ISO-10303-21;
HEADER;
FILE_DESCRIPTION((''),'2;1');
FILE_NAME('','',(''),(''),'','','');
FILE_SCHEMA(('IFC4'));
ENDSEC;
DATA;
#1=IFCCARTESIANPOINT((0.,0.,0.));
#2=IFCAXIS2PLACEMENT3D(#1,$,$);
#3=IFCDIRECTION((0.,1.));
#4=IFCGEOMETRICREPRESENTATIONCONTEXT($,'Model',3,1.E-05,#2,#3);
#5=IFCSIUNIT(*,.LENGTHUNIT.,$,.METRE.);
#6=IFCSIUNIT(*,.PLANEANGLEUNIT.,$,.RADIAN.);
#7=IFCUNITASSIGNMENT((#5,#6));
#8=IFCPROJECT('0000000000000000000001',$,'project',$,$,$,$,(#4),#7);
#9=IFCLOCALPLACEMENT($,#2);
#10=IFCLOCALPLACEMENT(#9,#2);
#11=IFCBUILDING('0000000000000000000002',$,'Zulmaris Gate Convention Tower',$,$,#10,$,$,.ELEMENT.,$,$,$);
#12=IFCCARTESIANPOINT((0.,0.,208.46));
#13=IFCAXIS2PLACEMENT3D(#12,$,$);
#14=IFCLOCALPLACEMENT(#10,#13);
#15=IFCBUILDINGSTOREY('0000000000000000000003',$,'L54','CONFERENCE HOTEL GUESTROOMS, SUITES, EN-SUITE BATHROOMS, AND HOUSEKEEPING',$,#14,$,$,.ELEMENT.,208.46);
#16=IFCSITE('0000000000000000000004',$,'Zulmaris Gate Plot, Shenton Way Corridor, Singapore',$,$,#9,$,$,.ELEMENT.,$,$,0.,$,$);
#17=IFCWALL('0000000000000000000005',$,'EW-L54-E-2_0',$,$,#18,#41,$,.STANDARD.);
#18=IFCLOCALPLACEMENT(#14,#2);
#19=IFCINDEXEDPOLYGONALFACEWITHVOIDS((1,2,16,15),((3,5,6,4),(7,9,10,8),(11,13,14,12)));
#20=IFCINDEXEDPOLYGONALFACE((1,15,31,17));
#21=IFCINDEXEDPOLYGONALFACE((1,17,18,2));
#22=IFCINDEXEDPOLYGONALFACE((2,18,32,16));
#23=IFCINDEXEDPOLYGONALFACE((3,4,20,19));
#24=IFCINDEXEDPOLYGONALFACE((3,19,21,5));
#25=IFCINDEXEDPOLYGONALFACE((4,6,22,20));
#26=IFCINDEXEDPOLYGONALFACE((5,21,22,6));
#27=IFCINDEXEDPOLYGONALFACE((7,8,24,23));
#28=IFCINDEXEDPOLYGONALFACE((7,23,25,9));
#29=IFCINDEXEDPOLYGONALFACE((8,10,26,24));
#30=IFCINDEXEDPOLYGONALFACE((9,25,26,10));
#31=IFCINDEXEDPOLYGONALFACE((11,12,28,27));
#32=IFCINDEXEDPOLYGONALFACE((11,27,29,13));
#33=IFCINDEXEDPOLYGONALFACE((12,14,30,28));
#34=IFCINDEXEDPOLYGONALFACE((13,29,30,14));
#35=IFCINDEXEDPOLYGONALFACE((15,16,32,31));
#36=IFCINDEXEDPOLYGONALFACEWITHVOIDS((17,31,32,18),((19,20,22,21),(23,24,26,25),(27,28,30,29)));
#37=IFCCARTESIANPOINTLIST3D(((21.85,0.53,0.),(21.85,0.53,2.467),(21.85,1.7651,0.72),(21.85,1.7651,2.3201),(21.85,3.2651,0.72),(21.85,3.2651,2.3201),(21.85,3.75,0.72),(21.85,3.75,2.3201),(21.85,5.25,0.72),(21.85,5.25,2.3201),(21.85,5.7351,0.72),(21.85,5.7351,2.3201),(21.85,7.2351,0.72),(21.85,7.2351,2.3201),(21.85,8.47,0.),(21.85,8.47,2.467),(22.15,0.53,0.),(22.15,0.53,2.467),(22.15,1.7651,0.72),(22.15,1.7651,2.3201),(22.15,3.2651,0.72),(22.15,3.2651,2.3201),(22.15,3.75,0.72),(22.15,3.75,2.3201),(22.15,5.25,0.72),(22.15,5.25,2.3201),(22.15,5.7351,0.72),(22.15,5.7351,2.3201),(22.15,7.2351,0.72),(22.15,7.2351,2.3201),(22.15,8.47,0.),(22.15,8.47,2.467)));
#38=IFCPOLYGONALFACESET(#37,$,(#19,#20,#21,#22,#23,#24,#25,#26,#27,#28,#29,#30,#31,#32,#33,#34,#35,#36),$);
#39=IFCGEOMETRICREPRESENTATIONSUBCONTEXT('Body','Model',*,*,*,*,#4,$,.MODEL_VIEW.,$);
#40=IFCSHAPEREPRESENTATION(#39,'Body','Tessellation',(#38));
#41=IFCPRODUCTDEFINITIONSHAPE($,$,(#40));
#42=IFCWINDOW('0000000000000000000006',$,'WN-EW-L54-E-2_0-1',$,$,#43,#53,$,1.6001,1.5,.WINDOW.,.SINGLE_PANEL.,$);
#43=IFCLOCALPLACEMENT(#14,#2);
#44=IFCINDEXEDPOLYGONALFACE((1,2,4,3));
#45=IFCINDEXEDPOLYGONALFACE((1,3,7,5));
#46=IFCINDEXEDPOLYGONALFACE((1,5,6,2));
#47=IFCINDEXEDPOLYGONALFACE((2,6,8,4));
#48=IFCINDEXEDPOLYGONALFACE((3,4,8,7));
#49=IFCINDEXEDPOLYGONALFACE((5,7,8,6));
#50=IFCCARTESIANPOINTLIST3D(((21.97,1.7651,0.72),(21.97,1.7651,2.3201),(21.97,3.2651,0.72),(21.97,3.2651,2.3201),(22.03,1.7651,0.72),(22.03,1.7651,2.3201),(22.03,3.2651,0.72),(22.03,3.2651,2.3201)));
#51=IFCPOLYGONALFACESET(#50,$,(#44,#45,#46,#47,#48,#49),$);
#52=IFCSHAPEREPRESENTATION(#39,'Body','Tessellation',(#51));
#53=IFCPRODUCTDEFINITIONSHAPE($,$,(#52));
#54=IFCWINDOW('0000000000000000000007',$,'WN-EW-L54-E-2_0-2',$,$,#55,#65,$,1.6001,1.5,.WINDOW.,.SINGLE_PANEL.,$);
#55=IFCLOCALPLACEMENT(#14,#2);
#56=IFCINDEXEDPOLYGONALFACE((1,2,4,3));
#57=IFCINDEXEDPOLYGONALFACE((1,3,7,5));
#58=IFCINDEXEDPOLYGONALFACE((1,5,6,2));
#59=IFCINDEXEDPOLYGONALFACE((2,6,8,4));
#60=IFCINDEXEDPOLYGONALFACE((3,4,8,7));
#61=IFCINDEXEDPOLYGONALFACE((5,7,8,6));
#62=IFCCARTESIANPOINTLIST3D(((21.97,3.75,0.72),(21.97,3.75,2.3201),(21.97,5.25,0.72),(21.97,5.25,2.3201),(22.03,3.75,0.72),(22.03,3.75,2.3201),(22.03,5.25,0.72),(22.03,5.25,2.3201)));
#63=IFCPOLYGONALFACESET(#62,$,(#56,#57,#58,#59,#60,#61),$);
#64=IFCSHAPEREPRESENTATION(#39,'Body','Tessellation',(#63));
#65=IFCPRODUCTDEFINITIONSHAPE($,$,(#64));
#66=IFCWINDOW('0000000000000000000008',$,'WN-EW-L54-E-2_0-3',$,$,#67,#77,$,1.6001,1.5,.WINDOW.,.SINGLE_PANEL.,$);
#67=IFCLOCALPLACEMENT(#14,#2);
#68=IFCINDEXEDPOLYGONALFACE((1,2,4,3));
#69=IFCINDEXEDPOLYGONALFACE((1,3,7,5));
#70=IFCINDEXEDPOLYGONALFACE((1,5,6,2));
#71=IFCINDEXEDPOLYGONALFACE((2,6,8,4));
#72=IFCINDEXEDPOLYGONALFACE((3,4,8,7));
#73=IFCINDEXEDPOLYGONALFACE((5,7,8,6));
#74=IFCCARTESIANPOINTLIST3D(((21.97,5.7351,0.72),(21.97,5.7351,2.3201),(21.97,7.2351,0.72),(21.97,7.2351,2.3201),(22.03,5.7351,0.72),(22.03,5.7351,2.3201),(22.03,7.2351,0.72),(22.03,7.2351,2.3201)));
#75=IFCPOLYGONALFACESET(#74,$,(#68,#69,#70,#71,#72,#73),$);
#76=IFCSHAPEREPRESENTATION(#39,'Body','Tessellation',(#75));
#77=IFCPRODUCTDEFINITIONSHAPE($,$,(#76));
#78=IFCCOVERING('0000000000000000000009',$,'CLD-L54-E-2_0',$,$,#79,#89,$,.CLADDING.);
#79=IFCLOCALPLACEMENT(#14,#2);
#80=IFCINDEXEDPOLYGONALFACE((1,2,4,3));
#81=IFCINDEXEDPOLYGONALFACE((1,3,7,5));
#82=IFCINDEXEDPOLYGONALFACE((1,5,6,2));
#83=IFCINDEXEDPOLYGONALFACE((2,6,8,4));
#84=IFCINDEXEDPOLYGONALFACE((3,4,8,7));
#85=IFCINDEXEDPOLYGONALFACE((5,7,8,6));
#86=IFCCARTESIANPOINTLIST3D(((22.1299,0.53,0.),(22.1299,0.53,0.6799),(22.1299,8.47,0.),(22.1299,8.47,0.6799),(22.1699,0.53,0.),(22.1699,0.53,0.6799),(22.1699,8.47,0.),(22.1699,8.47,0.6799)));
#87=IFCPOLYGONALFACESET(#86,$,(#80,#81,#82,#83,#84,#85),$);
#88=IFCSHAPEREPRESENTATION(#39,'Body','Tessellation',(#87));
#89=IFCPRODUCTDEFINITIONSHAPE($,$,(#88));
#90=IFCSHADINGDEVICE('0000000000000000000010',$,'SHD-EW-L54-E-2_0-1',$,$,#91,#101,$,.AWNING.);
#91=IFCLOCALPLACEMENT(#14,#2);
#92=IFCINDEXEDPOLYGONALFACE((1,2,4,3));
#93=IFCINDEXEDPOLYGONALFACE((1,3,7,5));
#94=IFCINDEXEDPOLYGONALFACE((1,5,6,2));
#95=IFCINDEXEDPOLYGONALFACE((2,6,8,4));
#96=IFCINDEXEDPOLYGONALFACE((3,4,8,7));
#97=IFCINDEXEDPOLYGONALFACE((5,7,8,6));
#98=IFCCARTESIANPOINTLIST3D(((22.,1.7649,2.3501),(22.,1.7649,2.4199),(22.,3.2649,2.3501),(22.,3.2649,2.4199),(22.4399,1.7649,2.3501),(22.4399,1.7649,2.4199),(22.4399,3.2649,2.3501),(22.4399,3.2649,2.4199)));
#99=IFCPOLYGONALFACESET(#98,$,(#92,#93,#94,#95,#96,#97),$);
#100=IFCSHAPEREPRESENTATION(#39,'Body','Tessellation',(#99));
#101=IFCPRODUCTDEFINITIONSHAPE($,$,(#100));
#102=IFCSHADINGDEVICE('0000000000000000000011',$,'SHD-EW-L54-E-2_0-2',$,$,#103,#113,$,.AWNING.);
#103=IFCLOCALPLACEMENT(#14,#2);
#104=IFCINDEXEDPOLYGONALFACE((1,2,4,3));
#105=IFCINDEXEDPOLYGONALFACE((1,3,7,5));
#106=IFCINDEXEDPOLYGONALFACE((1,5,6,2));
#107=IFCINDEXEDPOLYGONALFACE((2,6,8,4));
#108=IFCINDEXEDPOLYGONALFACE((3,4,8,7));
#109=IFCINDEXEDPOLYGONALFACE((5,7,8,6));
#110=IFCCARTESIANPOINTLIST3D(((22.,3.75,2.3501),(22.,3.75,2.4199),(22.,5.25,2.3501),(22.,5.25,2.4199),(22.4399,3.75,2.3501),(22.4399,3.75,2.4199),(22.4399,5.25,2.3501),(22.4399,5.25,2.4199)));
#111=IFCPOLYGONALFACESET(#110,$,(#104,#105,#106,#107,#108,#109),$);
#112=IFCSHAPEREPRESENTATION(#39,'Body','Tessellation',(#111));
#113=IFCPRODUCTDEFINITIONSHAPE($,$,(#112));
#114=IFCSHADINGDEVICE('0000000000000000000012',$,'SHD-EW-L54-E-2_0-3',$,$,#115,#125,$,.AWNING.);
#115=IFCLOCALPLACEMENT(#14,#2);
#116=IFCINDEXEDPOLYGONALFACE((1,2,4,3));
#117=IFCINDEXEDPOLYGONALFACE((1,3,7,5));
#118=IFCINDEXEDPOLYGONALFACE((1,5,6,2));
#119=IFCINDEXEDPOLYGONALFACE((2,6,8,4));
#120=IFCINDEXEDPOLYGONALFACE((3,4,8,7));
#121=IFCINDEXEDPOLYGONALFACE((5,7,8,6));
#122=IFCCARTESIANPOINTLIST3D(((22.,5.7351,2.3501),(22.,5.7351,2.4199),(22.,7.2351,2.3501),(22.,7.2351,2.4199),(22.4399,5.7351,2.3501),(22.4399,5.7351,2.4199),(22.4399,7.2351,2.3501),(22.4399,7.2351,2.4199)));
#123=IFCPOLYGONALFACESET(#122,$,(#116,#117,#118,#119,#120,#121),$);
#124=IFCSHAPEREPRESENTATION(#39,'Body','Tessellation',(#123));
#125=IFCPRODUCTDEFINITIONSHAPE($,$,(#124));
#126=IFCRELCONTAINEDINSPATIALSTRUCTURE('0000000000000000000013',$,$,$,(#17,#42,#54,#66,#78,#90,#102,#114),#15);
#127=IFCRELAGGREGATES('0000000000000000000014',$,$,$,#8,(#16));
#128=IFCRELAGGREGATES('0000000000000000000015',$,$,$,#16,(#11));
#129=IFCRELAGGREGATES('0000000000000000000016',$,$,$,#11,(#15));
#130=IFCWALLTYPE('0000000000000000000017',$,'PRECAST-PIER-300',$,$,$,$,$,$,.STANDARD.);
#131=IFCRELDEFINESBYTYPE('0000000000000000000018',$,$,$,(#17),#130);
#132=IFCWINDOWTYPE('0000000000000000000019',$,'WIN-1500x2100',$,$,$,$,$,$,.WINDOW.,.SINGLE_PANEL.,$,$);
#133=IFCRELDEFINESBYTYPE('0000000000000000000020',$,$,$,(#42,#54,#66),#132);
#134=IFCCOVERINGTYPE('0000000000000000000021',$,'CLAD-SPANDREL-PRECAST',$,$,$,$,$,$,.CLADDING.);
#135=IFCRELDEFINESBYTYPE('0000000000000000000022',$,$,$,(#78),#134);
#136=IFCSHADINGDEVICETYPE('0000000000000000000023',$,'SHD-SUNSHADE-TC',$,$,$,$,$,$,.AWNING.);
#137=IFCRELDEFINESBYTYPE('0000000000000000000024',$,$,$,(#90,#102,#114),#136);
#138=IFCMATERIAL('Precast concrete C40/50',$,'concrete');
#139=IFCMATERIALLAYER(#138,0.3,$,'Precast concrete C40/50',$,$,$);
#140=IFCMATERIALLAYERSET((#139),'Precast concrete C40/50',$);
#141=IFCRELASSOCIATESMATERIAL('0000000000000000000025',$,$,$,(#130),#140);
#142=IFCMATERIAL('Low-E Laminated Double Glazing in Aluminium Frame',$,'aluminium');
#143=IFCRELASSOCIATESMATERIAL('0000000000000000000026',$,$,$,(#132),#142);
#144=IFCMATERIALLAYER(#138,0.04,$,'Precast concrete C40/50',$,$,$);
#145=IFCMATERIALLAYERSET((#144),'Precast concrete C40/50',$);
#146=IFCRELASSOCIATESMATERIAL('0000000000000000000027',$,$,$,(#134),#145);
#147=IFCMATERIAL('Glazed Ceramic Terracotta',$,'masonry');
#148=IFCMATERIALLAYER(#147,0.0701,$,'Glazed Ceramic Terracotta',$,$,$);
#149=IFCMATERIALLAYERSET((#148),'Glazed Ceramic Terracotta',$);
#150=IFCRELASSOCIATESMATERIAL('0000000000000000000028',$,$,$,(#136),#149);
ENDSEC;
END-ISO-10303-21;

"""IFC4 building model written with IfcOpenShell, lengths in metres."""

from ifc_helpers import new_model, si_unit, direction, frame, frame_2d, origin, place, context, subcontext, project, spatial, rectangle, extrude, material, layer, layer_set, type_object, element, fill, save


model = new_model("IFC4")

# Units and contexts
model_context = context("Model", 3, precision=1e-05, world=origin(), true_north=direction((0.0, 1.0)))
body_context = subcontext(model_context, "Body", "Model", "MODEL_VIEW")
ifc_project = project(units=[si_unit("LENGTHUNIT", "METRE"), si_unit("PLANEANGLEUNIT", "RADIAN")], contexts=[model_context])

# Site, building, storey
site_placement = place(None, origin())
site = spatial("IfcSite", under=ifc_project, at=site_placement, Name="Zulmaris Gate Plot, Shenton Way Corridor, Singapore", CompositionType="ELEMENT", RefElevation=0.0)
building_placement = place(site_placement, origin())
building = spatial("IfcBuilding", under=site, at=building_placement, Name="Zulmaris Gate Convention Tower", CompositionType="ELEMENT")
storey_placement = place(building_placement, frame((0.0, 0.0, 208.46)))
storey = spatial("IfcBuildingStorey", under=building, at=storey_placement, Name="L54", Description="CONFERENCE HOTEL GUESTROOMS, SUITES, EN-SUITE BATHROOMS, AND HOUSEKEEPING", CompositionType="ELEMENT", Elevation=208.46)

# Wall, openings, windows
ifc_material_1 = material(Name="Precast concrete C40/50", Category="concrete")
ifc_layer_1 = layer(ifc_material_1, 0.3, Name="Precast concrete C40/50")
ifc_layer_set_1 = layer_set([ifc_layer_1], Name="Precast concrete C40/50")
wall_type_1 = type_object("IfcWallType", Name="PRECAST-PIER-300", PredefinedType="STANDARD", material=ifc_layer_set_1)
wall_1_placement = place(storey_placement, frame((22.0, 0.53, 0.0), z_axis=(0.0, 0.0, 1.0), x_axis=(0.0, 1.0, 0.0)))
wall_1 = element("IfcWall", 1, at=wall_1_placement, inside=storey, type_object=wall_type_1, Name="EW-L54-E-2_0", PredefinedType="STANDARD", context=body_context, shape_type="SweptSolid", body=[
    extrude(rectangle(XDim=7.9399, YDim=0.3, at=frame_2d((3.97, 0.0))), origin(), (0.0, 0.0, 1.0), 2.467),
])
opening_1_placement = place(wall_1_placement, frame((1.2351, 0.0, 0.72)))
opening_1 = element("IfcOpeningElement", 2, at=opening_1_placement, cuts=wall_1, PredefinedType="OPENING", context=body_context, shape_type="SweptSolid", body=[
    extrude(rectangle(XDim=1.5, YDim=1.6001, at=frame_2d((0.75, 0.8))), frame((0.0, 0.1602, 0.0), z_axis=(0.0, -1.0, 0.0), x_axis=(1.0, 0.0, 0.0)), (0.0, 0.0, 1.0), 0.3201),
])
opening_2_placement = place(wall_1_placement, frame((3.22, 0.0, 0.72)))
opening_2 = element("IfcOpeningElement", 3, at=opening_2_placement, cuts=wall_1, PredefinedType="OPENING", context=body_context, shape_type="SweptSolid", body=[
    extrude(rectangle(XDim=1.5, YDim=1.6001, at=frame_2d((0.75, 0.8))), frame((0.0, 0.1602, 0.0), z_axis=(0.0, -1.0, 0.0), x_axis=(1.0, 0.0, 0.0)), (0.0, 0.0, 1.0), 0.3201),
])
opening_3_placement = place(wall_1_placement, frame((5.2051, 0.0, 0.72)))
opening_3 = element("IfcOpeningElement", 4, at=opening_3_placement, cuts=wall_1, PredefinedType="OPENING", context=body_context, shape_type="SweptSolid", body=[
    extrude(rectangle(XDim=1.5, YDim=1.6001, at=frame_2d((0.75, 0.8))), frame((0.0, 0.1602, 0.0), z_axis=(0.0, -1.0, 0.0), x_axis=(1.0, 0.0, 0.0)), (0.0, 0.0, 1.0), 0.3201),
])
ifc_material_2 = material(Name="Low-E Laminated Double Glazing in Aluminium Frame", Category="aluminium")
window_type = type_object("IfcWindowType", Name="WIN-1500x2100", PartitioningType="SINGLE_PANEL", PredefinedType="WINDOW", material=ifc_material_2)
window_1_placement = place(opening_1_placement, origin())
window_1 = element("IfcWindow", 5, at=window_1_placement, inside=storey, type_object=window_type, Name="WN-EW-L54-E-2_0-1", OverallHeight=1.6001, OverallWidth=1.5, PartitioningType="SINGLE_PANEL", PredefinedType="WINDOW", context=body_context, shape_type="SweptSolid", body=[
    extrude(rectangle(XDim=1.5, YDim=1.6001, at=frame_2d((0.75, 0.8))), frame((0.0, 0.03, 0.0), z_axis=(0.0, -1.0, 0.0), x_axis=(1.0, 0.0, 0.0)), (0.0, 0.0, 1.0), 0.0601),
])
fill(opening_1, window_1)
window_2_placement = place(opening_2_placement, origin())
window_2 = element("IfcWindow", 6, at=window_2_placement, inside=storey, type_object=window_type, Name="WN-EW-L54-E-2_0-2", OverallHeight=1.6001, OverallWidth=1.5, PartitioningType="SINGLE_PANEL", PredefinedType="WINDOW", context=body_context, shape_type="SweptSolid", body=[
    extrude(rectangle(XDim=1.5, YDim=1.6001, at=frame_2d((0.75, 0.8))), frame((0.0, 0.03, 0.0), z_axis=(0.0, -1.0, 0.0), x_axis=(1.0, 0.0, 0.0)), (0.0, 0.0, 1.0), 0.0601),
])
fill(opening_2, window_2)
window_3_placement = place(opening_3_placement, origin())
window_3 = element("IfcWindow", 7, at=window_3_placement, inside=storey, type_object=window_type, Name="WN-EW-L54-E-2_0-3", OverallHeight=1.6001, OverallWidth=1.5, PartitioningType="SINGLE_PANEL", PredefinedType="WINDOW", context=body_context, shape_type="SweptSolid", body=[
    extrude(rectangle(XDim=1.5, YDim=1.6001, at=frame_2d((0.75, 0.8))), frame((0.0, 0.03, 0.0), z_axis=(0.0, -1.0, 0.0), x_axis=(1.0, 0.0, 0.0)), (0.0, 0.0, 1.0), 0.0601),
])
fill(opening_3, window_3)

# Covering
ifc_layer_2 = layer(ifc_material_1, 0.04, Name="Precast concrete C40/50")
ifc_layer_set_2 = layer_set([ifc_layer_2], Name="Precast concrete C40/50")
covering_type = type_object("IfcCoveringType", Name="CLAD-SPANDREL-PRECAST", PredefinedType="CLADDING", material=ifc_layer_set_2)
covering_placement = place(storey_placement, frame((22.1499, 0.53, 0.0), z_axis=(0.0, 0.0, 1.0), x_axis=(0.0, 1.0, 0.0)))
element("IfcCovering", 8, at=covering_placement, inside=storey, type_object=covering_type, Name="CLD-L54-E-2_0", PredefinedType="CLADDING", context=body_context, shape_type="SweptSolid", body=[
    extrude(rectangle(XDim=7.9399, YDim=0.04, at=frame_2d((3.97, 0.0))), origin(), (0.0, 0.0, 1.0), 0.6799),
])

# Shading devices
ifc_material_3 = material(Name="Glazed Ceramic Terracotta", Category="masonry")
ifc_layer_3 = layer(ifc_material_3, 0.0701, Name="Glazed Ceramic Terracotta")
ifc_layer_set_3 = layer_set([ifc_layer_3], Name="Glazed Ceramic Terracotta")
shading_device_type = type_object("IfcShadingDeviceType", Name="SHD-SUNSHADE-TC", PredefinedType="AWNING", material=ifc_layer_set_3)
for number, where, z_axis, x_axis, name in (
    (9, (22.22, 1.7649, 2.3501), (0.0, 0.0, 1.0), (0.0, 1.0, 0.0), "SHD-EW-L54-E-2_0-1"),
    (10, (22.22, 3.75, 2.3501), (0.0, 0.0, 1.0), (0.0, 1.0, 0.0), "SHD-EW-L54-E-2_0-2"),
    (11, (22.22, 5.7351, 2.3501), (0.0, 0.0, 1.0), (0.0, 1.0, 0.0), "SHD-EW-L54-E-2_0-3"),
):
    element("IfcShadingDevice", number, at=place(storey_placement, frame(where, z_axis=z_axis, x_axis=x_axis)), inside=storey, type_object=shading_device_type, Name=name, PredefinedType="AWNING", context=body_context, shape_type="SweptSolid", body=[
        extrude(rectangle(XDim=1.5, YDim=0.4399, at=frame_2d((0.75, 0.0))), origin(), (0.0, 0.0, 1.0), 0.0698),
    ])

save(model, "model.ifc")
